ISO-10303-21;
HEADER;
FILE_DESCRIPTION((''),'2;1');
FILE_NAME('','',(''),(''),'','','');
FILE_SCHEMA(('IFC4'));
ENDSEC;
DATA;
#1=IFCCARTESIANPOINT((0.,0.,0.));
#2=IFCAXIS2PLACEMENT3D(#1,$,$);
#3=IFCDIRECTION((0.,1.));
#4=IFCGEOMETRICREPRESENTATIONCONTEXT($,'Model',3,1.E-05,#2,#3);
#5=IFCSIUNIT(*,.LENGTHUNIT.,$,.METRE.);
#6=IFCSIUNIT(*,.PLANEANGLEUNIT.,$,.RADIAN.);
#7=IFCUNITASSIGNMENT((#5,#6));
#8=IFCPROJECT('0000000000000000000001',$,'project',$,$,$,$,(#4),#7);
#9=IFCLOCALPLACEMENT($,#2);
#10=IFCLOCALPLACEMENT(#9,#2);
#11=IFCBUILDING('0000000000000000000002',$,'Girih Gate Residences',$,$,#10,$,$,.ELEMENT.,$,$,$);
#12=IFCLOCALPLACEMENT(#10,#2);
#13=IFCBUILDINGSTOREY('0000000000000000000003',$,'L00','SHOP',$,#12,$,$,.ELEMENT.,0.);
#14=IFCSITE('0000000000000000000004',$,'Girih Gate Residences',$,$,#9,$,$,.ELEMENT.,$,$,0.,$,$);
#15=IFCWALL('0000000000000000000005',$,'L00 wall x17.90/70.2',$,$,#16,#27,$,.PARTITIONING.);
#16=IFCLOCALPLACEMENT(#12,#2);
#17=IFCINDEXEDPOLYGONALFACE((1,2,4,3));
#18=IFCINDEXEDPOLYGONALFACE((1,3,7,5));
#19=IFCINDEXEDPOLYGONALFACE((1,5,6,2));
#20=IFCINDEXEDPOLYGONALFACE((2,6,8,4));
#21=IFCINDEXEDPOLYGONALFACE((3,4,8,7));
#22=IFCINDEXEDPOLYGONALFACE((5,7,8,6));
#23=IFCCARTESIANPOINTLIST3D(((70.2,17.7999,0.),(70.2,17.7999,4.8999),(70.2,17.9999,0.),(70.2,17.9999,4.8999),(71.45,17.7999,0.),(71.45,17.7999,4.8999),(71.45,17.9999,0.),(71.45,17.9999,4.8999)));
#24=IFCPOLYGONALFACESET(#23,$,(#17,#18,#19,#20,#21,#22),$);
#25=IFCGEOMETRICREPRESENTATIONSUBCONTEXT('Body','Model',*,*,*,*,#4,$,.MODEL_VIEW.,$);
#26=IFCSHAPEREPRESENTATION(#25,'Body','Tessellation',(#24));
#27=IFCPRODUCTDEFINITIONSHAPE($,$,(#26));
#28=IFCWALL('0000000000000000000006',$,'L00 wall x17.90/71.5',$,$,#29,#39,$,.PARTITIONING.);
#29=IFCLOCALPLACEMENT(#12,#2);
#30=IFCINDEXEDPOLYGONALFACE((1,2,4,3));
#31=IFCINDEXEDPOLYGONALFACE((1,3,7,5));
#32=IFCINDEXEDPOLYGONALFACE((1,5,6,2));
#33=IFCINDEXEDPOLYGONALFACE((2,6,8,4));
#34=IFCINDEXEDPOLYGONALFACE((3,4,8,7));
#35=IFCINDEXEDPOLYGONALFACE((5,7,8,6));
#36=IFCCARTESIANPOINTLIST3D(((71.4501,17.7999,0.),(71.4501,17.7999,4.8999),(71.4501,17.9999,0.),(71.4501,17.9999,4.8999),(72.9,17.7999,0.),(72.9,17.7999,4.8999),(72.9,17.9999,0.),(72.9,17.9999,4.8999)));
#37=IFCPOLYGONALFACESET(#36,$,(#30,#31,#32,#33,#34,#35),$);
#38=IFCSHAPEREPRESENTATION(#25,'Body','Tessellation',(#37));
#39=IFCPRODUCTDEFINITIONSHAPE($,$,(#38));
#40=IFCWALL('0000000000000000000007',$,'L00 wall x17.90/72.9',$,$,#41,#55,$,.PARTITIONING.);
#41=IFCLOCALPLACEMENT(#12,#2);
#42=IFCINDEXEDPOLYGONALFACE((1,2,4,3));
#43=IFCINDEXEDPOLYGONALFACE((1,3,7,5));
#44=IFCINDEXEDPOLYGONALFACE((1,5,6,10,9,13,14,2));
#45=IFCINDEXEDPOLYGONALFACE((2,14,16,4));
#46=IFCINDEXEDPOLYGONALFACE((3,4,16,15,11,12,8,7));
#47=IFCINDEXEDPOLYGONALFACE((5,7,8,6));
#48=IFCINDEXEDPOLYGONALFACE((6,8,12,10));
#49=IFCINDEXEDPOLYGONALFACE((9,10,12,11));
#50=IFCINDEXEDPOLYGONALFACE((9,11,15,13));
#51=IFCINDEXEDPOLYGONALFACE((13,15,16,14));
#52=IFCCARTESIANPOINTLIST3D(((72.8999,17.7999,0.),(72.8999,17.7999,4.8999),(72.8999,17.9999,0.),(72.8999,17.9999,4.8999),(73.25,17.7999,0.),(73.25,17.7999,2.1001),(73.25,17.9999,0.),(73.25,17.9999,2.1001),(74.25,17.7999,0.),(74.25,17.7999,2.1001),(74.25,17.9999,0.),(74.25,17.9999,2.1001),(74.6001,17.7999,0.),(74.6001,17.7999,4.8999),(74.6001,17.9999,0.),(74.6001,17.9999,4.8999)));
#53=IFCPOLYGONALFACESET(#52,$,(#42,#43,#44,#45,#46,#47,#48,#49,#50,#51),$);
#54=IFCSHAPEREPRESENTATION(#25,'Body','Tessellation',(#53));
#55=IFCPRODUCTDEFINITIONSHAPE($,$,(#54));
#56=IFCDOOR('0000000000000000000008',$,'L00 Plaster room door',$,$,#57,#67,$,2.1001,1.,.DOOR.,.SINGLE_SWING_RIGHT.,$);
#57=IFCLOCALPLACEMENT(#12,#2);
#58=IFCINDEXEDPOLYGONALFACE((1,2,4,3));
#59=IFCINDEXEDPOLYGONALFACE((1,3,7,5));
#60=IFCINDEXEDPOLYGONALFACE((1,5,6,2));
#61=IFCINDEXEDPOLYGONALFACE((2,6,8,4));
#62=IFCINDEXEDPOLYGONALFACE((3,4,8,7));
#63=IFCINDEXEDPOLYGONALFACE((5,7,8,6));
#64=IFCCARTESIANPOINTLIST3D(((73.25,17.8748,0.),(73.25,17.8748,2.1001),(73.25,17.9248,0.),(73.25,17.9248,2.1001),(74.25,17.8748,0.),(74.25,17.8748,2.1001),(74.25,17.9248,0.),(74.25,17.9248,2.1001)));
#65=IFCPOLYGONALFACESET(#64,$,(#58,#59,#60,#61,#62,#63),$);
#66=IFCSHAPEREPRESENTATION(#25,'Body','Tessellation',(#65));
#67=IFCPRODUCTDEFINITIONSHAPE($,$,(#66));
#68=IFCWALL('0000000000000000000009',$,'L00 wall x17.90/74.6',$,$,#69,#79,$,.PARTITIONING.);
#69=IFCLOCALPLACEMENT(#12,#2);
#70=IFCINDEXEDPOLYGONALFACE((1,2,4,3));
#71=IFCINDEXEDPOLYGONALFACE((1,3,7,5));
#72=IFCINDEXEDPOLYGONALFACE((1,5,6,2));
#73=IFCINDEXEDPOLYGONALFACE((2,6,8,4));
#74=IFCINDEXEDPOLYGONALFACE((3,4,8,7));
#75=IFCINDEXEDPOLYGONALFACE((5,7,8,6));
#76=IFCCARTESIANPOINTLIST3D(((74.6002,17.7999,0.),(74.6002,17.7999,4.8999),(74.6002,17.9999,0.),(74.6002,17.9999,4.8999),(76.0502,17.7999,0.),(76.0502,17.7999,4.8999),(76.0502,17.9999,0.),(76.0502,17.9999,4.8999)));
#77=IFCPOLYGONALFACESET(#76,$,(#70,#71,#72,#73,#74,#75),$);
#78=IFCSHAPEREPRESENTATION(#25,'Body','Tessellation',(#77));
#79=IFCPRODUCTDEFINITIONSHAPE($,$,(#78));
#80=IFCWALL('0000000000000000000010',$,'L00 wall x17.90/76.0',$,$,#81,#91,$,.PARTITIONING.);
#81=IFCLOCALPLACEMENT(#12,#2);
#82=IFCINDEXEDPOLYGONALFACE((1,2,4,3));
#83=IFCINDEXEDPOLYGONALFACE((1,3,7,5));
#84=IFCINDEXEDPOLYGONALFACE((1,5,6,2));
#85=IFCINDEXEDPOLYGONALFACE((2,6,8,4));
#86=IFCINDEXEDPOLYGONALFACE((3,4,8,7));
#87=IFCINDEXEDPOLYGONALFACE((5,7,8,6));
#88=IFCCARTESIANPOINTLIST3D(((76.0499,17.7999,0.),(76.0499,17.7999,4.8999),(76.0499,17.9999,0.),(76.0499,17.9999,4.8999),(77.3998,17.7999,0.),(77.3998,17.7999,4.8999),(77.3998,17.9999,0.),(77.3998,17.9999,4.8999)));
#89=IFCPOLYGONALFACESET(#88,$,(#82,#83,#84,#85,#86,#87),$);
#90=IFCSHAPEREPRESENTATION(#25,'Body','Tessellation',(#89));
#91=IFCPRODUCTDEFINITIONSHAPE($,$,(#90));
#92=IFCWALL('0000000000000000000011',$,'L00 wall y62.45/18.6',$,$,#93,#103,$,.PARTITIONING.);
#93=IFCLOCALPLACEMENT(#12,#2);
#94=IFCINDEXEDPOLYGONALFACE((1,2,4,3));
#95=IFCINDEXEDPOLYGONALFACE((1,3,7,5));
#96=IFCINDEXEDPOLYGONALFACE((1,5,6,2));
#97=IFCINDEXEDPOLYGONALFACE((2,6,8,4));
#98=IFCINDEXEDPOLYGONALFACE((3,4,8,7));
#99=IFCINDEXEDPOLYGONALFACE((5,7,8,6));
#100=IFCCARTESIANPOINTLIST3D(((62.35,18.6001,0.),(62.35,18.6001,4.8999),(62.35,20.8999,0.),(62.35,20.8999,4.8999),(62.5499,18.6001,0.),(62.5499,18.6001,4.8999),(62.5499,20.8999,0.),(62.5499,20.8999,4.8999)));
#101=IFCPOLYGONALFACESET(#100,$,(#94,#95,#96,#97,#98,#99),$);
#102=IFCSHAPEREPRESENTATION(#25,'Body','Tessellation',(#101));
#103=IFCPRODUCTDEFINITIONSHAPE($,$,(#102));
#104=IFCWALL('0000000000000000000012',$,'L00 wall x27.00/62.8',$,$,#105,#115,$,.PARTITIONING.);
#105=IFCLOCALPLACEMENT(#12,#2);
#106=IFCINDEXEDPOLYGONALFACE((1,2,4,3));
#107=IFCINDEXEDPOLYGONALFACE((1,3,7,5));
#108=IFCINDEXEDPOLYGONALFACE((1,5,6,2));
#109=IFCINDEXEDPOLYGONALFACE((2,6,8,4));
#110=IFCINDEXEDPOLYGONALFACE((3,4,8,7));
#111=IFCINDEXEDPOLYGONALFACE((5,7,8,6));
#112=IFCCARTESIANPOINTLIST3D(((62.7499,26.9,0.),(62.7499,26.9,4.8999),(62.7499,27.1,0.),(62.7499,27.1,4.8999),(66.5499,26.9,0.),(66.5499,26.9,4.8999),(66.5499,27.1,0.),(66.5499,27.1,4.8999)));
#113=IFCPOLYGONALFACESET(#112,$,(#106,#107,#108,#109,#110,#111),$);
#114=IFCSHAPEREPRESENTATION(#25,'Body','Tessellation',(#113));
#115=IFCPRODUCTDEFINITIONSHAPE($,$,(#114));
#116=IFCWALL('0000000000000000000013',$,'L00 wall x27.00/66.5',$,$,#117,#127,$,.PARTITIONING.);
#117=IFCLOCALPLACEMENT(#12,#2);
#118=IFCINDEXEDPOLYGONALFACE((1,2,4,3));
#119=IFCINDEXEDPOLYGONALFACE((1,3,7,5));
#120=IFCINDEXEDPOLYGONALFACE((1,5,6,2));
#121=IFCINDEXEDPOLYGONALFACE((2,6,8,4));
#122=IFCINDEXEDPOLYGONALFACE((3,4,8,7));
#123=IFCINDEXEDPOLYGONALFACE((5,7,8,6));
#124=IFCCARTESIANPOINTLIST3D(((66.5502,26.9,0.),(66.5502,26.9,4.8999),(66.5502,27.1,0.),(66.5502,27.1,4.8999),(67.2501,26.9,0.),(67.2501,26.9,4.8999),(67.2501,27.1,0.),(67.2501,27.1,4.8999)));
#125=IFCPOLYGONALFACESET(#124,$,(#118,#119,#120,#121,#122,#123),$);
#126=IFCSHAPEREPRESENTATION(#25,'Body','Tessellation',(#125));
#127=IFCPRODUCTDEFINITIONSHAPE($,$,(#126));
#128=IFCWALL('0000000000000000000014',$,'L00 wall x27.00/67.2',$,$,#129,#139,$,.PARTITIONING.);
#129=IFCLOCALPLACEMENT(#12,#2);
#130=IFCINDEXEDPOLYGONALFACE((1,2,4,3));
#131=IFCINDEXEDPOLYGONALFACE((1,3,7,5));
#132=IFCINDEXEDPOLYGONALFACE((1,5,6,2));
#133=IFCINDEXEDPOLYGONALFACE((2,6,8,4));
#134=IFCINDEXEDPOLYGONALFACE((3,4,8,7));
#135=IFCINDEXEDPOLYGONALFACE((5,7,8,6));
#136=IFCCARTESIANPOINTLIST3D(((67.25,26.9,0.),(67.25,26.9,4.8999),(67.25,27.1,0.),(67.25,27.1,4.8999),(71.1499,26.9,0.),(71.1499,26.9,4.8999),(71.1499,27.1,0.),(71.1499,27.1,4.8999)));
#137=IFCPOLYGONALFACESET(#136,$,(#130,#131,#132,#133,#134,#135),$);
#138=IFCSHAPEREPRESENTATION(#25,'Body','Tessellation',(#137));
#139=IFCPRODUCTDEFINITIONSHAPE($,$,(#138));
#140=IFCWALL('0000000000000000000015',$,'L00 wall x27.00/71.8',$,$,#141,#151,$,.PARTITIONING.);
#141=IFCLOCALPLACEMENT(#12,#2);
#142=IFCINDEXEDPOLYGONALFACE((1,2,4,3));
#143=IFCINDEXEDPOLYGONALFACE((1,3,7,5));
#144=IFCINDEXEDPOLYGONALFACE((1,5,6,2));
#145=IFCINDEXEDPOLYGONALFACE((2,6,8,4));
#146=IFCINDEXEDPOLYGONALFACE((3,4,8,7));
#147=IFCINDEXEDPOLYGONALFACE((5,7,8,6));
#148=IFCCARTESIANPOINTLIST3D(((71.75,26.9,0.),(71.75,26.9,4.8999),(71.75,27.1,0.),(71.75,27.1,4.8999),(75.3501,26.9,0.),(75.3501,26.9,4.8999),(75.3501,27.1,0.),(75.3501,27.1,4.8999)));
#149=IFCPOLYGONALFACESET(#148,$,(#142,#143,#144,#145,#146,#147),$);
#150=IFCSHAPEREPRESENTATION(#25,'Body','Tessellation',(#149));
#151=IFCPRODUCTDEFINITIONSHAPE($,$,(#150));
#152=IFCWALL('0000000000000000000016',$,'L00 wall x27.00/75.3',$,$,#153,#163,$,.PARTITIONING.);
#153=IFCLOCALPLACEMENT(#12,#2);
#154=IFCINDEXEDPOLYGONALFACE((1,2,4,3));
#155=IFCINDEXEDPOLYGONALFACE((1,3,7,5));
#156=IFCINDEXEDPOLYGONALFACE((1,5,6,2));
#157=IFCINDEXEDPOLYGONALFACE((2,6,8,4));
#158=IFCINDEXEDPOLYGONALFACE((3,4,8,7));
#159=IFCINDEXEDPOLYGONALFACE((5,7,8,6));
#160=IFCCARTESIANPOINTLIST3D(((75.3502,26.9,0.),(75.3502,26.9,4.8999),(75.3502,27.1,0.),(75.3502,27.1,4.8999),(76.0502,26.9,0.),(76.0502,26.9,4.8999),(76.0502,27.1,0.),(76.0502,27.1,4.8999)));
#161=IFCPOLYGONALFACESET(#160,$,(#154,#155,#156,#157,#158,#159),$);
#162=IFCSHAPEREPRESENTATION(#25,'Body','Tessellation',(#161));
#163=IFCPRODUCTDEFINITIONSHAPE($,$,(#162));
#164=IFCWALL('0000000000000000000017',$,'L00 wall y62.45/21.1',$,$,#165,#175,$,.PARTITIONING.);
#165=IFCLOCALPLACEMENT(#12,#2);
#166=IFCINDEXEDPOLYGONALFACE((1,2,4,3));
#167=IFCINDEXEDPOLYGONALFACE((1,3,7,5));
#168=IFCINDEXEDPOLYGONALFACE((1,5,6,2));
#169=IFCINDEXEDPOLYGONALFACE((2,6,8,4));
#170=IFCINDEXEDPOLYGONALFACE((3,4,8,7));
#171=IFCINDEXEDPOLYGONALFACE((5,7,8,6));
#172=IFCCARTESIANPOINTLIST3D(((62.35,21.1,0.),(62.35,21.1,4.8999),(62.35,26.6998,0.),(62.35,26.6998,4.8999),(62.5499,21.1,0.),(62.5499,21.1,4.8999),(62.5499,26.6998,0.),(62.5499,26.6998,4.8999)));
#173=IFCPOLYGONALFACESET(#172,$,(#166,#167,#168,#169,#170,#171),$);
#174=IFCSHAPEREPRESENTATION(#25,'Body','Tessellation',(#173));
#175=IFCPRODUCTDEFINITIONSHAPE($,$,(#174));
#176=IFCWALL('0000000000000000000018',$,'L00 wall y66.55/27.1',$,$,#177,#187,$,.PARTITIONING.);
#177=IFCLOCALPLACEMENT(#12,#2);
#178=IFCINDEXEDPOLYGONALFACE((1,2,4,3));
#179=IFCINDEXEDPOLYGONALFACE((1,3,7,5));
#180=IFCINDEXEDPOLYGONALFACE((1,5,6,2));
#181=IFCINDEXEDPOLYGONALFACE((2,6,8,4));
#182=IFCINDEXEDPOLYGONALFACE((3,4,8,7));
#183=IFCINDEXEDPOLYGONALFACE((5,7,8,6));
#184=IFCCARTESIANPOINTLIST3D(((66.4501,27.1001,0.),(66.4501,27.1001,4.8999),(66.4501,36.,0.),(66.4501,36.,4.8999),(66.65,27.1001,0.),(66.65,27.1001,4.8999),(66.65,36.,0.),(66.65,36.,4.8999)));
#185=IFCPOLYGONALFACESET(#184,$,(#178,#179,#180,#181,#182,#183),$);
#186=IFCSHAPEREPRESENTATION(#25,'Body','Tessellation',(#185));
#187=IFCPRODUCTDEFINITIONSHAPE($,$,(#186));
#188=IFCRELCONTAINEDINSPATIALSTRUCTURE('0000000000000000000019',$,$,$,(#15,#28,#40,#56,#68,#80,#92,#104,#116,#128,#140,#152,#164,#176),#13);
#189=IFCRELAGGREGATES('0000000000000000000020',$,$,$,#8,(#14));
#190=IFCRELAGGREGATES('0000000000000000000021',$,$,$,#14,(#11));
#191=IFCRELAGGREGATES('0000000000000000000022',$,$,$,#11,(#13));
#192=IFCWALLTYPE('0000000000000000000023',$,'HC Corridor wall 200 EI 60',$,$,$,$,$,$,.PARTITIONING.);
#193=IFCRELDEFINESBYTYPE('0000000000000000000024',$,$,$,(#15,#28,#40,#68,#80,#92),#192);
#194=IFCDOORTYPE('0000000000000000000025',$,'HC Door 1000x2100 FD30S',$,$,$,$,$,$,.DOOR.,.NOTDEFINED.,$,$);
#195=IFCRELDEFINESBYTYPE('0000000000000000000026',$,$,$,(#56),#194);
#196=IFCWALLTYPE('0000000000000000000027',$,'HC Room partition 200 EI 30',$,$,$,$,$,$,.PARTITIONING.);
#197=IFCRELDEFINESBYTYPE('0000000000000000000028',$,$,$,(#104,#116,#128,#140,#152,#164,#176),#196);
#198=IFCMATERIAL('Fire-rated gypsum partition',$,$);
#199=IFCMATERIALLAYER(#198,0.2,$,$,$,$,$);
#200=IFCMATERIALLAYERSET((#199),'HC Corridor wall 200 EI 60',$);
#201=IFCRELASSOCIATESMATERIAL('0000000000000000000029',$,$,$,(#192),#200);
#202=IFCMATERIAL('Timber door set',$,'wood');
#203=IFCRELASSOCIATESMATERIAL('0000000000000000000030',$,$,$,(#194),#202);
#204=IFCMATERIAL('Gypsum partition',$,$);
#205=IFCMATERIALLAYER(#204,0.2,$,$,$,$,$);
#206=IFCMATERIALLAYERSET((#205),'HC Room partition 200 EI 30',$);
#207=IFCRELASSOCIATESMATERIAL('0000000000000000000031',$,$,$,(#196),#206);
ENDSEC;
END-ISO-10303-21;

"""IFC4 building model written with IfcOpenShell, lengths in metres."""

from ifc_helpers import new_model, si_unit, direction, frame, frame_2d, origin, place, context, subcontext, project, spatial, rectangle, extrude, material, layer, layer_set, type_object, element, fill, save


model = new_model("IFC4")

# Units and contexts
model_context = context("Model", 3, precision=1e-05, world=origin(), true_north=direction((0.0, 1.0)))
body_context = subcontext(model_context, "Body", "Model", "MODEL_VIEW")
ifc_project = project(units=[si_unit("LENGTHUNIT", "METRE"), si_unit("PLANEANGLEUNIT", "RADIAN")], contexts=[model_context])

# Site, building, storey
site_placement = place(None, origin())
site = spatial("IfcSite", under=ifc_project, at=site_placement, Name="Girih Gate Residences", CompositionType="ELEMENT", RefElevation=0.0)
building_placement = place(site_placement, origin())
building = spatial("IfcBuilding", under=site, at=building_placement, Name="Girih Gate Residences", CompositionType="ELEMENT")
storey_placement = place(building_placement, origin())
storey = spatial("IfcBuildingStorey", under=building, at=storey_placement, Name="L00", Description="SHOP", CompositionType="ELEMENT", Elevation=0.0)

# Walls
ifc_material_1 = material(Name="Fire-rated gypsum partition")
ifc_layer_1 = layer(ifc_material_1, 0.2)
ifc_layer_set_1 = layer_set([ifc_layer_1], Name="HC Corridor wall 200 EI 60")
wall_type_1 = type_object("IfcWallType", Name="HC Corridor wall 200 EI 60", PredefinedType="PARTITIONING", material=ifc_layer_set_1)
wall_1_placement = place(storey_placement, frame((70.2, 17.8999, 0.0), z_axis=(0.0, 0.0, 1.0), x_axis=(1.0, 0.0, 0.0)))
element("IfcWall", 1, at=wall_1_placement, inside=storey, type_object=wall_type_1, Name="L00 wall x17.90/70.2", PredefinedType="PARTITIONING", context=body_context, shape_type="SweptSolid", body=[
    extrude(rectangle(XDim=1.25, YDim=0.2, at=frame_2d((0.625, 0.0))), origin(), (0.0, 0.0, 1.0), 4.8999),
])
wall_2_placement = place(storey_placement, frame((71.45, 17.8999, 0.0), z_axis=(0.0, 0.0, 1.0), x_axis=(1.0, 0.0, 0.0)))
element("IfcWall", 2, at=wall_2_placement, inside=storey, type_object=wall_type_1, Name="L00 wall x17.90/71.5", PredefinedType="PARTITIONING", context=body_context, shape_type="SweptSolid", body=[
    extrude(rectangle(XDim=1.45, YDim=0.2, at=frame_2d((0.7251, 0.0))), origin(), (0.0, 0.0, 1.0), 4.8999),
])

# Wall, opening, door
wall_3_placement = place(storey_placement, frame((72.8999, 17.8999, 0.0), z_axis=(0.0, 0.0, 1.0), x_axis=(1.0, 0.0, 0.0)))
wall_3 = element("IfcWall", 3, at=wall_3_placement, inside=storey, type_object=wall_type_1, Name="L00 wall x17.90/72.9", PredefinedType="PARTITIONING", context=body_context, shape_type="SweptSolid", body=[
    extrude(rectangle(XDim=1.7002, YDim=0.2, at=frame_2d((0.8501, 0.0))), origin(), (0.0, 0.0, 1.0), 4.8999),
])
opening_placement = place(wall_3_placement, frame((0.3501, 0.0, 0.0)))
opening = element("IfcOpeningElement", 4, at=opening_placement, cuts=wall_3, PredefinedType="OPENING", context=body_context, shape_type="SweptSolid", body=[
    extrude(rectangle(XDim=1.0, YDim=2.1001, at=frame_2d((0.5, 1.05))), frame((0.0, 0.1099, 0.0), z_axis=(0.0, -1.0, 0.0), x_axis=(1.0, 0.0, 0.0)), (0.0, 0.0, 1.0), 0.22),
])
ifc_material_2 = material(Name="Timber door set", Category="wood")
door_type = type_object("IfcDoorType", Name="HC Door 1000x2100 FD30S", OperationType="NOTDEFINED", PredefinedType="DOOR", material=ifc_material_2)
door_placement = place(opening_placement, origin())
door = element("IfcDoor", 5, at=door_placement, inside=storey, type_object=door_type, Name="L00 Plaster room door", OperationType="SINGLE_SWING_RIGHT", OverallHeight=2.1001, OverallWidth=1.0, PredefinedType="DOOR", context=body_context, shape_type="SweptSolid", body=[
    extrude(rectangle(XDim=1.0, YDim=2.1001, at=frame_2d((0.5, 1.05))), frame((0.0, 0.0249, 0.0), z_axis=(0.0, -1.0, 0.0), x_axis=(1.0, 0.0, 0.0)), (0.0, 0.0, 1.0), 0.05),
])
fill(opening, door)

# Walls
wall_4_placement = place(storey_placement, frame((74.6001, 17.8999, 0.0), z_axis=(0.0, 0.0, 1.0), x_axis=(1.0, 0.0, 0.0)))
element("IfcWall", 6, at=wall_4_placement, inside=storey, type_object=wall_type_1, Name="L00 wall x17.90/74.6", PredefinedType="PARTITIONING", context=body_context, shape_type="SweptSolid", body=[
    extrude(rectangle(XDim=1.45, YDim=0.2, at=frame_2d((0.7251, 0.0))), origin(), (0.0, 0.0, 1.0), 4.8999),
])
wall_5_placement = place(storey_placement, frame((76.05, 17.8999, 0.0), z_axis=(0.0, 0.0, 1.0), x_axis=(1.0, 0.0, 0.0)))
element("IfcWall", 7, at=wall_5_placement, inside=storey, type_object=wall_type_1, Name="L00 wall x17.90/76.0", PredefinedType="PARTITIONING", context=body_context, shape_type="SweptSolid", body=[
    extrude(rectangle(XDim=1.3499, YDim=0.2, at=frame_2d((0.6748, 0.0))), origin(), (0.0, 0.0, 1.0), 4.8999),
])
wall_6_placement = place(storey_placement, frame((62.45, 18.6001, 0.0), z_axis=(0.0, 0.0, 1.0), x_axis=(0.0, 1.0, 0.0)))
element("IfcWall", 8, at=wall_6_placement, inside=storey, type_object=wall_type_1, Name="L00 wall y62.45/18.6", PredefinedType="PARTITIONING", context=body_context, shape_type="SweptSolid", body=[
    extrude(rectangle(XDim=2.2998, YDim=0.2, at=frame_2d((1.1499, 0.0))), origin(), (0.0, 0.0, 1.0), 4.8999),
])
ifc_material_3 = material(Name="Gypsum partition")
ifc_layer_2 = layer(ifc_material_3, 0.2)
ifc_layer_set_2 = layer_set([ifc_layer_2], Name="HC Room partition 200 EI 30")
wall_type_2 = type_object("IfcWallType", Name="HC Room partition 200 EI 30", PredefinedType="PARTITIONING", material=ifc_layer_set_2)
wall_7_placement = place(storey_placement, frame((62.75, 27.0, 0.0), z_axis=(0.0, 0.0, 1.0), x_axis=(1.0, 0.0, 0.0)))
element("IfcWall", 9, at=wall_7_placement, inside=storey, type_object=wall_type_2, Name="L00 wall x27.00/62.8", PredefinedType="PARTITIONING", context=body_context, shape_type="SweptSolid", body=[
    extrude(rectangle(XDim=3.8, YDim=0.2, at=frame_2d((1.8999, 0.0))), origin(), (0.0, 0.0, 1.0), 4.8999),
])
wall_8_placement = place(storey_placement, frame((66.55, 27.0, 0.0), z_axis=(0.0, 0.0, 1.0), x_axis=(1.0, 0.0, 0.0)))
element("IfcWall", 10, at=wall_8_placement, inside=storey, type_object=wall_type_2, Name="L00 wall x27.00/66.5", PredefinedType="PARTITIONING", context=body_context, shape_type="SweptSolid", body=[
    extrude(rectangle(XDim=0.7, YDim=0.2, at=frame_2d((0.3501, 0.0))), origin(), (0.0, 0.0, 1.0), 4.8999),
])
wall_9_placement = place(storey_placement, frame((67.25, 27.0, 0.0), z_axis=(0.0, 0.0, 1.0), x_axis=(1.0, 0.0, 0.0)))
element("IfcWall", 11, at=wall_9_placement, inside=storey, type_object=wall_type_2, Name="L00 wall x27.00/67.2", PredefinedType="PARTITIONING", context=body_context, shape_type="SweptSolid", body=[
    extrude(rectangle(XDim=3.8999, YDim=0.2, at=frame_2d((1.95, 0.0))), origin(), (0.0, 0.0, 1.0), 4.8999),
])
wall_10_placement = place(storey_placement, frame((71.75, 27.0, 0.0), z_axis=(0.0, 0.0, 1.0), x_axis=(1.0, 0.0, 0.0)))
element("IfcWall", 12, at=wall_10_placement, inside=storey, type_object=wall_type_2, Name="L00 wall x27.00/71.8", PredefinedType="PARTITIONING", context=body_context, shape_type="SweptSolid", body=[
    extrude(rectangle(XDim=3.6001, YDim=0.2, at=frame_2d((1.8, 0.0))), origin(), (0.0, 0.0, 1.0), 4.8999),
])
wall_11_placement = place(storey_placement, frame((75.3501, 27.0, 0.0), z_axis=(0.0, 0.0, 1.0), x_axis=(1.0, 0.0, 0.0)))
element("IfcWall", 13, at=wall_11_placement, inside=storey, type_object=wall_type_2, Name="L00 wall x27.00/75.3", PredefinedType="PARTITIONING", context=body_context, shape_type="SweptSolid", body=[
    extrude(rectangle(XDim=0.7, YDim=0.2, at=frame_2d((0.3501, 0.0))), origin(), (0.0, 0.0, 1.0), 4.8999),
])
wall_12_placement = place(storey_placement, frame((62.45, 21.1001, 0.0), z_axis=(0.0, 0.0, 1.0), x_axis=(0.0, 1.0, 0.0)))
element("IfcWall", 14, at=wall_12_placement, inside=storey, type_object=wall_type_2, Name="L00 wall y62.45/21.1", PredefinedType="PARTITIONING", context=body_context, shape_type="SweptSolid", body=[
    extrude(rectangle(XDim=5.5999, YDim=0.2, at=frame_2d((2.7998, 0.0))), origin(), (0.0, 0.0, 1.0), 4.8999),
])
for number, where, z_axis, x_axis, name in (
    (15, (66.55, 27.1001, 0.0), (0.0, 0.0, 1.0), (0.0, 1.0, 0.0), "L00 wall y66.55/27.1"),
):
    element("IfcWall", number, at=place(storey_placement, frame(where, z_axis=z_axis, x_axis=x_axis)), inside=storey, type_object=wall_type_2, Name=name, PredefinedType="PARTITIONING", context=body_context, shape_type="SweptSolid", body=[
        extrude(rectangle(XDim=8.8999, YDim=0.2, at=frame_2d((4.45, 0.0))), origin(), (0.0, 0.0, 1.0), 4.8999),
    ])

save(model, "model.ifc")
